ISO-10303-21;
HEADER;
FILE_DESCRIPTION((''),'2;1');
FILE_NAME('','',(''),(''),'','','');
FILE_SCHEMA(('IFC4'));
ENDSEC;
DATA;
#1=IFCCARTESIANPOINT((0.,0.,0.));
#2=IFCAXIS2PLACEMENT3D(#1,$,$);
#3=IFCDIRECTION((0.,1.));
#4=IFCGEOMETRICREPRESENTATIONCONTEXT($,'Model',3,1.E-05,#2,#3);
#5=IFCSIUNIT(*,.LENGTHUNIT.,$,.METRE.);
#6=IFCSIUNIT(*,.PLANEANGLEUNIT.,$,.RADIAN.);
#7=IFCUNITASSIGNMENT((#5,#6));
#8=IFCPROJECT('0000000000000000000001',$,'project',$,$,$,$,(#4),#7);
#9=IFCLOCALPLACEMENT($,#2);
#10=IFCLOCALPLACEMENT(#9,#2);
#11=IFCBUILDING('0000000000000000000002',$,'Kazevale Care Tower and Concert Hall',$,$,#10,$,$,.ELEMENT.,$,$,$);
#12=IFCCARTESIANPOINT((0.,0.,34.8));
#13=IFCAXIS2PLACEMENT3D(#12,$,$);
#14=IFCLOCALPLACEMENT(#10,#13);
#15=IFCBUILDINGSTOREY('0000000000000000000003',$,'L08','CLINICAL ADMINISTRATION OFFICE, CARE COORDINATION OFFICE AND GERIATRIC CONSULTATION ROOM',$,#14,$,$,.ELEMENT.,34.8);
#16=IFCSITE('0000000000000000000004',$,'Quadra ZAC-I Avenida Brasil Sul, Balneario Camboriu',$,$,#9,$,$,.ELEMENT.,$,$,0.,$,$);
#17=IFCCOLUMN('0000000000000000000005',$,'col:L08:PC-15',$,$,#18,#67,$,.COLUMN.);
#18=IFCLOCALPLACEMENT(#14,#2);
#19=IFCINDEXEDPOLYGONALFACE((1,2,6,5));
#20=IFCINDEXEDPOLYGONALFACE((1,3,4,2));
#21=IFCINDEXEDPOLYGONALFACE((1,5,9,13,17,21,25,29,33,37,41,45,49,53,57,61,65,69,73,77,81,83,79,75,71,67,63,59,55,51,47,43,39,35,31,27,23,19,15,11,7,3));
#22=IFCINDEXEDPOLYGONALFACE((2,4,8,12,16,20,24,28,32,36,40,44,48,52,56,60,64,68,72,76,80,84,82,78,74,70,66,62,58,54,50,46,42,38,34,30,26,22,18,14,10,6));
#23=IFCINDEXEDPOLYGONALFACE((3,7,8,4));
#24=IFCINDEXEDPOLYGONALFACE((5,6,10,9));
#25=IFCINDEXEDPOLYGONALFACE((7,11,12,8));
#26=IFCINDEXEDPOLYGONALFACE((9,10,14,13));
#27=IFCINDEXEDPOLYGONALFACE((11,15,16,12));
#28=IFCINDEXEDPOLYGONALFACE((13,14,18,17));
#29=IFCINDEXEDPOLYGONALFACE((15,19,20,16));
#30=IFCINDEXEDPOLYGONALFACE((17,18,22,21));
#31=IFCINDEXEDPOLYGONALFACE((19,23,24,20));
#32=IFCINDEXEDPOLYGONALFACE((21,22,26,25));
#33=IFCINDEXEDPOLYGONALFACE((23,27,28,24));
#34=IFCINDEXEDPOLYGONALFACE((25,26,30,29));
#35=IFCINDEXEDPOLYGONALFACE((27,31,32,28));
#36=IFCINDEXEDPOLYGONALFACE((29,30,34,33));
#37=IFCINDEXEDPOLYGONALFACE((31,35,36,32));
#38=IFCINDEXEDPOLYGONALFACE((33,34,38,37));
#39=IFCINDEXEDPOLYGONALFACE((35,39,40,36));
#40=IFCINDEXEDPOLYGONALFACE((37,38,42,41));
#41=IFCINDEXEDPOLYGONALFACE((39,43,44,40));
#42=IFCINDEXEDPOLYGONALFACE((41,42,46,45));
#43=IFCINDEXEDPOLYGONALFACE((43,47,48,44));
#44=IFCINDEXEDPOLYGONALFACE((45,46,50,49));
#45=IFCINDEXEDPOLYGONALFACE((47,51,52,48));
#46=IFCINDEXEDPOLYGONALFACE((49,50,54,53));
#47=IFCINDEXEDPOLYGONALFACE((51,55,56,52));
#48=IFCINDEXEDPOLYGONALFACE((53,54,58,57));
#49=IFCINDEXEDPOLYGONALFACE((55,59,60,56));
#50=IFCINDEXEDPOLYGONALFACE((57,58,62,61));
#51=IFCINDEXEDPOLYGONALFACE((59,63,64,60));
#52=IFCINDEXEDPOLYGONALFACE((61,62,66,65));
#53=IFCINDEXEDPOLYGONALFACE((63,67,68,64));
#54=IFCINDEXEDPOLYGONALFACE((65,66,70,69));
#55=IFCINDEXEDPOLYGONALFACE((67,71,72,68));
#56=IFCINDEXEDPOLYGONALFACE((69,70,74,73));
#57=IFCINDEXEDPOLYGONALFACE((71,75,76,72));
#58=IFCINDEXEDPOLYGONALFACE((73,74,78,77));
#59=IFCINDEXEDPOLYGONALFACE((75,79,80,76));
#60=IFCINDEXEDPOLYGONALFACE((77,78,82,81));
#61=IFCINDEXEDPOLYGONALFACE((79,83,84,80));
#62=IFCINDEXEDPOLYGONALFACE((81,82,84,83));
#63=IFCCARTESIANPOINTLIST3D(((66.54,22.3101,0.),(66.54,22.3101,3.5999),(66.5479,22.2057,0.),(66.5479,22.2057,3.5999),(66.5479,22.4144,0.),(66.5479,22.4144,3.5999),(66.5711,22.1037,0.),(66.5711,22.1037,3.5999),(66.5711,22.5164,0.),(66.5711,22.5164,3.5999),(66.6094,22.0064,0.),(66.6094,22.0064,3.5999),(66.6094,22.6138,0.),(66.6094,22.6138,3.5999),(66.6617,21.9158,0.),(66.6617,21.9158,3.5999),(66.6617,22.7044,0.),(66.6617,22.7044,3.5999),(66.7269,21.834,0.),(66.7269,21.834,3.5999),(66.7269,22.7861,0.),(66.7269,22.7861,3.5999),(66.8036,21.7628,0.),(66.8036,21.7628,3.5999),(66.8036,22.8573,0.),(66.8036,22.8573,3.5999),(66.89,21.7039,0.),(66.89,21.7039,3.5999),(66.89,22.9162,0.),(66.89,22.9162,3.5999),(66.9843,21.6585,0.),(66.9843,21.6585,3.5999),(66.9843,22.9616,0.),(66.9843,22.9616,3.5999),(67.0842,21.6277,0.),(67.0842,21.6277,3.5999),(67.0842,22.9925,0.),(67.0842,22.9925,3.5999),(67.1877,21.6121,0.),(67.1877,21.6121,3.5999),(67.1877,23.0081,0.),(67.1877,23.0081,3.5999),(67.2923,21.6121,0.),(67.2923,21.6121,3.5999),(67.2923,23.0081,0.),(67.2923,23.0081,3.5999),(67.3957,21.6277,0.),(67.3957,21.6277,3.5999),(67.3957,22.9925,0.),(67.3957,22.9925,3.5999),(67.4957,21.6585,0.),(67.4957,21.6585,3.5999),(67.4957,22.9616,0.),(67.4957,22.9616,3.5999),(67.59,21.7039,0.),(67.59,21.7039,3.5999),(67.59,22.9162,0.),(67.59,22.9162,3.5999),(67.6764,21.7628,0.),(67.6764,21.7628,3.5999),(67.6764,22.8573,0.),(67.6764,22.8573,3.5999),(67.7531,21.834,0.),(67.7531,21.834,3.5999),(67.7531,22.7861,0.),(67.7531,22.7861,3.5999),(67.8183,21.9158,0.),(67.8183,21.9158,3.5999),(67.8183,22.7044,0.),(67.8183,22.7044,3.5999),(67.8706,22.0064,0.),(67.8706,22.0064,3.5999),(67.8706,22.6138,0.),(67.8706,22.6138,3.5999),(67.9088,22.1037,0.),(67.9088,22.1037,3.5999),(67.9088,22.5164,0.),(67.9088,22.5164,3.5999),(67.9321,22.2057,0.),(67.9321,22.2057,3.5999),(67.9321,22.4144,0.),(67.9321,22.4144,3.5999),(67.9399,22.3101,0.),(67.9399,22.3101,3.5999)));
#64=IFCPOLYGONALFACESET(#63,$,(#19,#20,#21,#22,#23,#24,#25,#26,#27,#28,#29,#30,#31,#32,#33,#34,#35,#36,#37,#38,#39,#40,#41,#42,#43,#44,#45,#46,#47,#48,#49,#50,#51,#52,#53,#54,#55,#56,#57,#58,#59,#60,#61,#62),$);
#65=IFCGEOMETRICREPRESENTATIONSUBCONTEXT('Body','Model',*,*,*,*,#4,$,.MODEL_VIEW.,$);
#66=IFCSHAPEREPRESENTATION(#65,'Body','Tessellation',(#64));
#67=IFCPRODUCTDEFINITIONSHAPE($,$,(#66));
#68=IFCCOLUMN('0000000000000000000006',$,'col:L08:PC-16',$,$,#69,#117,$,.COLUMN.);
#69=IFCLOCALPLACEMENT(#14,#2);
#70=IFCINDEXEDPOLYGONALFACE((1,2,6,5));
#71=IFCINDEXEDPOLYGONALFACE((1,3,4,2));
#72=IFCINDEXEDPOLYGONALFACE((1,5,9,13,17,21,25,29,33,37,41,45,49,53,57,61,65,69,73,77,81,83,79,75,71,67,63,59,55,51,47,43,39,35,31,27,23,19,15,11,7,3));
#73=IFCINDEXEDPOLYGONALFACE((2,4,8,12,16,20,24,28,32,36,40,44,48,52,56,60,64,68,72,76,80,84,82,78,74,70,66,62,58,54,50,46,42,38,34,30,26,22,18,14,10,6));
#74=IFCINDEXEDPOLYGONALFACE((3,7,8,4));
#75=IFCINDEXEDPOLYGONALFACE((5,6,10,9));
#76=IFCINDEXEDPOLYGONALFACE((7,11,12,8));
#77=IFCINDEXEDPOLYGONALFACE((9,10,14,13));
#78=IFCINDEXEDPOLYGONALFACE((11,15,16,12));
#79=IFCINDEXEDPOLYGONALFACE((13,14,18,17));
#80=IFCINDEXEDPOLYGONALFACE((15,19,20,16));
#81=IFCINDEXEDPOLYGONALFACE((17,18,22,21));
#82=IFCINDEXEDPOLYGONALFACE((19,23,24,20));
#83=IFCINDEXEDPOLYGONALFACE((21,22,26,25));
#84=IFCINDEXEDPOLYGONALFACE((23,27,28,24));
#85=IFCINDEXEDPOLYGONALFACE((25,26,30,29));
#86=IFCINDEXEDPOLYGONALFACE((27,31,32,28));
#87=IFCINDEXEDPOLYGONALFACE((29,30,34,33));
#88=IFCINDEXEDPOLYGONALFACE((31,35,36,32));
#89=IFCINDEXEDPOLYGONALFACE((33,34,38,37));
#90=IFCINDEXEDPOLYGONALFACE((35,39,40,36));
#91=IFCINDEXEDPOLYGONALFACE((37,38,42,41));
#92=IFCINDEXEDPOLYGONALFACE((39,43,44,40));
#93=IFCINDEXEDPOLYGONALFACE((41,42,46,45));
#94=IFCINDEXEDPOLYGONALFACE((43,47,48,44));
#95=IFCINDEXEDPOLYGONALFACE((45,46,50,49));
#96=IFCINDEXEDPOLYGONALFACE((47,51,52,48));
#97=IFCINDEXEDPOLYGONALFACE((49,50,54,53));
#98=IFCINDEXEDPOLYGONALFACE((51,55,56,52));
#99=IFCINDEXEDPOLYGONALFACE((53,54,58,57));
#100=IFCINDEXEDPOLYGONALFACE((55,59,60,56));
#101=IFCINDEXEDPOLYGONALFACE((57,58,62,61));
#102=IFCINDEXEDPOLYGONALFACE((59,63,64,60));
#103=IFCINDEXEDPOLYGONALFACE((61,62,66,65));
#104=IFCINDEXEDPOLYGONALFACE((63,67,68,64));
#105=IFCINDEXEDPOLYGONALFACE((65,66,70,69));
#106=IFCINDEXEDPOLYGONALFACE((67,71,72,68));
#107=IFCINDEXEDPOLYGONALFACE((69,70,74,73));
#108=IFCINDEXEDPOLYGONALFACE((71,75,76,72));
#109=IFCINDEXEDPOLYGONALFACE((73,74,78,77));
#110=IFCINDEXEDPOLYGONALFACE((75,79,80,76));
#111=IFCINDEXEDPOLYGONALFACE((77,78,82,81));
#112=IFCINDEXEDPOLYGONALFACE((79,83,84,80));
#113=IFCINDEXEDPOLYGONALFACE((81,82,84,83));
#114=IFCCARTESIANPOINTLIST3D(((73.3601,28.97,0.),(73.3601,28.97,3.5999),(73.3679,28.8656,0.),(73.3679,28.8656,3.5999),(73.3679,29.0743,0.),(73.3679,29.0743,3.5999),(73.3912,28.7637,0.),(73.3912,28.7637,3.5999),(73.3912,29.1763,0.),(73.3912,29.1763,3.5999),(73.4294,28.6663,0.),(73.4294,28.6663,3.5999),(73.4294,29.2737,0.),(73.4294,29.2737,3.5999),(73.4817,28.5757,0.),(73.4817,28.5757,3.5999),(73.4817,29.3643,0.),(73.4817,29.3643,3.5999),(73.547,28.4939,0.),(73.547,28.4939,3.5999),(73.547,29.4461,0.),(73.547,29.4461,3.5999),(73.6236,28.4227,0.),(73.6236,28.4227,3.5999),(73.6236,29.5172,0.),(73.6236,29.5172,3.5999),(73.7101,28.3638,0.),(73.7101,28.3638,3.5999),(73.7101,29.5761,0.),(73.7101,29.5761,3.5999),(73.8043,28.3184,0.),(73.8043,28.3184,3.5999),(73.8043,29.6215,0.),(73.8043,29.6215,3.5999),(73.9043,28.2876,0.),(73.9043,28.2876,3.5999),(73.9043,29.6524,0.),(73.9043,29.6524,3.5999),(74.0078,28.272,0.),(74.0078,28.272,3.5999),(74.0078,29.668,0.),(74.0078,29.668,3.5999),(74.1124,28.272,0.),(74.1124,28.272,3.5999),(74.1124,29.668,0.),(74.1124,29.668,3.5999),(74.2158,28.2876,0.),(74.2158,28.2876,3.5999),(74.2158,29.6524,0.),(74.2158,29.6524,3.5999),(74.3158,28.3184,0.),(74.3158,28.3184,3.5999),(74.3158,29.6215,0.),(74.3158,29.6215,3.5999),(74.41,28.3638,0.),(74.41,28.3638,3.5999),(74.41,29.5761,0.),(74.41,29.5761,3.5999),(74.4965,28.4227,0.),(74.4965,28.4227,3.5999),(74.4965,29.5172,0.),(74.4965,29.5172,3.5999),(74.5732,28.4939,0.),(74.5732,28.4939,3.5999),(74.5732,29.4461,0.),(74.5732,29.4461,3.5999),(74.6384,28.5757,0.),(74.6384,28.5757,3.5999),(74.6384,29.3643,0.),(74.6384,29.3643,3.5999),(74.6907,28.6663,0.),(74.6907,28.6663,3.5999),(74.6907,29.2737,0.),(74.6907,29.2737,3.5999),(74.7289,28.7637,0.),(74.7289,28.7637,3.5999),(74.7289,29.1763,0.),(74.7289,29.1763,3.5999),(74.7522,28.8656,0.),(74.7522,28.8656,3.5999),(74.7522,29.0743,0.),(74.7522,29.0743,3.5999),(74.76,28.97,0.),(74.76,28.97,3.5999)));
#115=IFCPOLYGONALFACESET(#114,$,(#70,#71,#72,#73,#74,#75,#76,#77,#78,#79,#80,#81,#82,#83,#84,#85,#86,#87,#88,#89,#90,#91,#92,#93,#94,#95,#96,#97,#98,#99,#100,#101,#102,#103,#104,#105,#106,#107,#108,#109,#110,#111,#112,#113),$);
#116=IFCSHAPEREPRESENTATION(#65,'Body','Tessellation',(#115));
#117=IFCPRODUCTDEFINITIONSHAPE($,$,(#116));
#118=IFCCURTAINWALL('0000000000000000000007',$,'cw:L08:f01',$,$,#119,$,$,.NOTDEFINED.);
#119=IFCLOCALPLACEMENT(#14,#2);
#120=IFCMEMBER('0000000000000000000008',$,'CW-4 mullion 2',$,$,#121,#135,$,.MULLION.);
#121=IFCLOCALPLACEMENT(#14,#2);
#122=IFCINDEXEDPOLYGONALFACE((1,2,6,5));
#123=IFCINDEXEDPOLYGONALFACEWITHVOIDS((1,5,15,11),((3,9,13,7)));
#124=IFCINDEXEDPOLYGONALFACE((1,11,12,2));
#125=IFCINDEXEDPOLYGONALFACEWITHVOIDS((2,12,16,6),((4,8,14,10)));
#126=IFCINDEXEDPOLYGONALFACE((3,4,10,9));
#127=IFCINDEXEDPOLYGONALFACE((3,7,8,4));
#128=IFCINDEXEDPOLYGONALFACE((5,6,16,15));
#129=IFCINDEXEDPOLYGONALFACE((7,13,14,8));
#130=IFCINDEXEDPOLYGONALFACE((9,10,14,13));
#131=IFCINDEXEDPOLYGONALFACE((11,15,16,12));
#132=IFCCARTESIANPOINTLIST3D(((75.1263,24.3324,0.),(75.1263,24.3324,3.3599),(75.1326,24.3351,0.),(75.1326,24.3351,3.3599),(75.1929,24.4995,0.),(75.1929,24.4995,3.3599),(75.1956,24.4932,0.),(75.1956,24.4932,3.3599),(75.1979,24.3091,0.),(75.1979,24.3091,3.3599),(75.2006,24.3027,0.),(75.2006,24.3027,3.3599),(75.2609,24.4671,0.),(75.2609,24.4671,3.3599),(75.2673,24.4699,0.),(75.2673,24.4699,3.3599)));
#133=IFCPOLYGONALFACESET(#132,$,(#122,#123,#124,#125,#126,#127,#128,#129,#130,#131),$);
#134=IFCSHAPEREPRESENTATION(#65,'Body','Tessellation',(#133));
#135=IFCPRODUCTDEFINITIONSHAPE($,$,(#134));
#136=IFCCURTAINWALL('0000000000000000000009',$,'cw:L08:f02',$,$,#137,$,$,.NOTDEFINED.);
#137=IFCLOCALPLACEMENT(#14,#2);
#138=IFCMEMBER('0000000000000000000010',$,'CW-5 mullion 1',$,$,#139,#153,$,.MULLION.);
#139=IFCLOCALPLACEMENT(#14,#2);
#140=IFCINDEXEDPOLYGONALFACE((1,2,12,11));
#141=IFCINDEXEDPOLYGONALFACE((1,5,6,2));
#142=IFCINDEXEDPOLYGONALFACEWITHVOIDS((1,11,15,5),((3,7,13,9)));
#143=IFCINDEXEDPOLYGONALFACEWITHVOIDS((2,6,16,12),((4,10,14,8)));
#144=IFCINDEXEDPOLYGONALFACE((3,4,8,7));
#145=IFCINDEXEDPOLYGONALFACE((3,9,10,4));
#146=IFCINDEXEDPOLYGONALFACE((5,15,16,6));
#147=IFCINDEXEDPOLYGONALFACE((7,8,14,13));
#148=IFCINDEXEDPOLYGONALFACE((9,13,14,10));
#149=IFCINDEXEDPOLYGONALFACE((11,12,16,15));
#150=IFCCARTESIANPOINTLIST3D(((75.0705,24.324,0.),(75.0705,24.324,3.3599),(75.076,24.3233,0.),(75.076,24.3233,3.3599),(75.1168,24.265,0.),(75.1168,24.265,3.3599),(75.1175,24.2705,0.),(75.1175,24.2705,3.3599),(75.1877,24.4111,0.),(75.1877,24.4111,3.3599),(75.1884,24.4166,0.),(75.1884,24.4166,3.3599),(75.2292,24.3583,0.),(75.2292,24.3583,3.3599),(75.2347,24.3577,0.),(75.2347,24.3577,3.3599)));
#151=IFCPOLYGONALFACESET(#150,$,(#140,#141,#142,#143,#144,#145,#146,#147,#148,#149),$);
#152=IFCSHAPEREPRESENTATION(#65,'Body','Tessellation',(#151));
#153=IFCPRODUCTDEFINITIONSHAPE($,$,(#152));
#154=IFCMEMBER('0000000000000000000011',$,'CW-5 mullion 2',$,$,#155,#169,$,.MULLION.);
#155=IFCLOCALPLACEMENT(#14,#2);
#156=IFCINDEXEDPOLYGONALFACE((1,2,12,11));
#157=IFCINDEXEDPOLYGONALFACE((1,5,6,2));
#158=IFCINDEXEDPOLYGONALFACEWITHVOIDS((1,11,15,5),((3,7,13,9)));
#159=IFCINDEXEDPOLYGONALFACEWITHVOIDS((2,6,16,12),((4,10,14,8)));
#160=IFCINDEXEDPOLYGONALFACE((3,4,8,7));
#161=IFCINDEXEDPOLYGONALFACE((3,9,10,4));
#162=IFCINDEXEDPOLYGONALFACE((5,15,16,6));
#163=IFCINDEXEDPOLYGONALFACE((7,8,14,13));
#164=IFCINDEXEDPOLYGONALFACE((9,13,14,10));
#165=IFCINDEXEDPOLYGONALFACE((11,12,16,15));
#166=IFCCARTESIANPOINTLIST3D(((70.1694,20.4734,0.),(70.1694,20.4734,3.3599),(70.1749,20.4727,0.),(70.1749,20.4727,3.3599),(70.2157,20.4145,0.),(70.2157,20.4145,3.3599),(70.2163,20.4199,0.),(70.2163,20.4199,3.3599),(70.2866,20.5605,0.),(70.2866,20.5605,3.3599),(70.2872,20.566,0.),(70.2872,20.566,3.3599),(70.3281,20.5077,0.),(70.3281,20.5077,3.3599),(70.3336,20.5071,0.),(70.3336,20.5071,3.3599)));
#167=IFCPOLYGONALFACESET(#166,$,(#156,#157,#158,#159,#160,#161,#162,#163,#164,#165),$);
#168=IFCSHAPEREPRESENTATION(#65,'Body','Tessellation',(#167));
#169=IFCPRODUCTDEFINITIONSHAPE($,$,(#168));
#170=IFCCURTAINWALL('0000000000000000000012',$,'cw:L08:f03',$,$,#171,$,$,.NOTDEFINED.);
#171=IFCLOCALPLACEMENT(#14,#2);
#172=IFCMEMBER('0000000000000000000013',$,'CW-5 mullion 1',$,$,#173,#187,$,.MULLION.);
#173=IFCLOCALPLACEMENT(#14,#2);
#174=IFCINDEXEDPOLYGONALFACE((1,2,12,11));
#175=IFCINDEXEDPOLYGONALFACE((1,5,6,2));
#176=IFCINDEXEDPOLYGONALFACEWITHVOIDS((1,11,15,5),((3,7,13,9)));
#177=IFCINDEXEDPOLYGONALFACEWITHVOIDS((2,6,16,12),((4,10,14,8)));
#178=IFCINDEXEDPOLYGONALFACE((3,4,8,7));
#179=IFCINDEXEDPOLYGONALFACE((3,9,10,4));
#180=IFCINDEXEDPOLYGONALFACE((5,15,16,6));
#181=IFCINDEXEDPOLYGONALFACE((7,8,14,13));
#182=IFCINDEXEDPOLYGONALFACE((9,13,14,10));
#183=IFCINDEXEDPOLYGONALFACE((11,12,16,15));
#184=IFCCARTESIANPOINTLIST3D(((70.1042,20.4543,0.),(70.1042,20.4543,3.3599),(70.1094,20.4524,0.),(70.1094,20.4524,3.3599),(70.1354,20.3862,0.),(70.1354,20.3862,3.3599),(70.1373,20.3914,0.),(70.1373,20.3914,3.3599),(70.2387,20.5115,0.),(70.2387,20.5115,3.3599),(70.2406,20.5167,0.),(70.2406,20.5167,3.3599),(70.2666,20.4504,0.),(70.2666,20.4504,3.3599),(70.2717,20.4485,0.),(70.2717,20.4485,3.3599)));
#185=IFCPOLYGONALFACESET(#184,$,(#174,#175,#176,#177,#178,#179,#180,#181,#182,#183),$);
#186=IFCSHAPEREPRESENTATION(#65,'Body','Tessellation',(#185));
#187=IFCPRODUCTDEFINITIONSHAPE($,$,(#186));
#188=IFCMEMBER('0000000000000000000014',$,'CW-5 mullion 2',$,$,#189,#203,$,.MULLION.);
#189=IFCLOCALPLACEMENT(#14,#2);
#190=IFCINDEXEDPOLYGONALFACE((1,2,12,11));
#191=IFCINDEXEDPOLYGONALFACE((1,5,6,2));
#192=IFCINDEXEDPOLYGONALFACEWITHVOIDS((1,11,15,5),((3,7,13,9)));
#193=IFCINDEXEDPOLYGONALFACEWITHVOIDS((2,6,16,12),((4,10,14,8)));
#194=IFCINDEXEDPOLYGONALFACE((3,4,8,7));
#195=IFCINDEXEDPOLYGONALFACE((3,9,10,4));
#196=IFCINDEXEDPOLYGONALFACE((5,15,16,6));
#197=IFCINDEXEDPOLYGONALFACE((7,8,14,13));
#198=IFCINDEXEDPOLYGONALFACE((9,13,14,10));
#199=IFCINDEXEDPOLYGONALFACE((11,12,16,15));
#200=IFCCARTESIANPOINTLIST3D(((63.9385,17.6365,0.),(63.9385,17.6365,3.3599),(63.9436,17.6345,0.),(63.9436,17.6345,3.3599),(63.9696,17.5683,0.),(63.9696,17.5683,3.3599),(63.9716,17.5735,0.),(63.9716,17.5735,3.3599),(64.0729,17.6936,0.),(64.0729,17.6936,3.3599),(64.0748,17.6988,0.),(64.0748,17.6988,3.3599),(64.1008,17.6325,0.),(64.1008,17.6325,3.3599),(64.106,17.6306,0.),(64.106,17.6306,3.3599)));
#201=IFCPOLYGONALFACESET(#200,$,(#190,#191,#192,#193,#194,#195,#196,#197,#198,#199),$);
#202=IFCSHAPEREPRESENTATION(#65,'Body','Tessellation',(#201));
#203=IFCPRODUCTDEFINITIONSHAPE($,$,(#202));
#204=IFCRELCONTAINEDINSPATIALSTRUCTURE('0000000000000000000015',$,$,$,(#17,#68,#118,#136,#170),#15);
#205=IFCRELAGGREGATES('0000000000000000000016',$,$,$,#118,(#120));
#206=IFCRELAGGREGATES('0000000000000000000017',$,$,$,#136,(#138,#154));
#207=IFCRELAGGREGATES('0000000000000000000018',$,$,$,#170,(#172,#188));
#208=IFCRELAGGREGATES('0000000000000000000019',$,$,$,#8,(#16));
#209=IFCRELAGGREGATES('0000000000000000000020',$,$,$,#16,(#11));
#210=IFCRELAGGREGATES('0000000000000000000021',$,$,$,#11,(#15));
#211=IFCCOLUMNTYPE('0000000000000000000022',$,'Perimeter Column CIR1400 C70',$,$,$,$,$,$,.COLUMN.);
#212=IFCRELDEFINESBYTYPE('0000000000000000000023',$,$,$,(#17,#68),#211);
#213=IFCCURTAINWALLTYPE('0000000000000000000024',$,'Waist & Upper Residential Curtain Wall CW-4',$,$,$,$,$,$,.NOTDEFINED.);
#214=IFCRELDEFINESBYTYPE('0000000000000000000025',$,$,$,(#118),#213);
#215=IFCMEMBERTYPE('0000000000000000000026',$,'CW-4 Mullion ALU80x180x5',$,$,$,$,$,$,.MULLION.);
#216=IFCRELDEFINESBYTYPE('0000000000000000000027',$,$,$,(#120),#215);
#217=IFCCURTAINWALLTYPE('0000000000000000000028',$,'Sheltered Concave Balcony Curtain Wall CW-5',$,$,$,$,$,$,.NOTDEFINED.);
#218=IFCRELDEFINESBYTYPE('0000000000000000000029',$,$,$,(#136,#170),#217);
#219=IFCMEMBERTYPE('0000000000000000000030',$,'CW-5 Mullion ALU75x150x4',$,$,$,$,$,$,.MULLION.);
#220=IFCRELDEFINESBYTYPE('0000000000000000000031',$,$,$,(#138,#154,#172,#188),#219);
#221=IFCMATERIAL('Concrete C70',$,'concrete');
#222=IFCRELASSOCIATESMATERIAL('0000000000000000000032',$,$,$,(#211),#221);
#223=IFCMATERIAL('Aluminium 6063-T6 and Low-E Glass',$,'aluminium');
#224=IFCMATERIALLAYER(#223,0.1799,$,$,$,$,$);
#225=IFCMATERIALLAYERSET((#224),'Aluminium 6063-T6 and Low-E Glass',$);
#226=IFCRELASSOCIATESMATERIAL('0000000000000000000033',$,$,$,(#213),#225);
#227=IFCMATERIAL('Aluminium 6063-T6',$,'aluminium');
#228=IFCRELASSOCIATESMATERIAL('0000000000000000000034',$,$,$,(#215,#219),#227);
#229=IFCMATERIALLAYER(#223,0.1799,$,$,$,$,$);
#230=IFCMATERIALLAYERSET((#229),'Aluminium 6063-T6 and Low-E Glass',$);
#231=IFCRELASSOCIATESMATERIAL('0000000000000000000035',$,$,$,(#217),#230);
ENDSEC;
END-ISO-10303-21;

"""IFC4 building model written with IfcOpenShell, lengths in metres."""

from ifc_helpers import new_model, si_unit, direction, frame, origin, origin_2d, place, context, subcontext, project, spatial, hollow_rectangle, circle, extrude, material, layer, layer_set, material_profile, profile_set, type_object, element, aggregate, save


model = new_model("IFC4")

# Units and contexts
model_context = context("Model", 3, precision=1e-05, world=origin(), true_north=direction((0.0, 1.0)))
body_context = subcontext(model_context, "Body", "Model", "MODEL_VIEW")
ifc_project = project(units=[si_unit("LENGTHUNIT", "METRE"), si_unit("PLANEANGLEUNIT", "RADIAN")], contexts=[model_context])

# Site, building, storey
site_placement = place(None, origin())
site = spatial("IfcSite", under=ifc_project, at=site_placement, Name="Quadra ZAC-I Avenida Brasil Sul, Balneario Camboriu", CompositionType="ELEMENT", RefElevation=0.0)
building_placement = place(site_placement, origin())
building = spatial("IfcBuilding", under=site, at=building_placement, Name="Kazevale Care Tower and Concert Hall", CompositionType="ELEMENT")
storey_placement = place(building_placement, frame((0.0, 0.0, 34.8)))
storey = spatial("IfcBuildingStorey", under=building, at=storey_placement, Name="L08", Description="CLINICAL ADMINISTRATION OFFICE, CARE COORDINATION OFFICE AND GERIATRIC CONSULTATION ROOM", CompositionType="ELEMENT", Elevation=34.8)

# Columns
ifc_material_1 = material(Name="Concrete C70", Category="concrete")
ifc_material_profile_1 = material_profile(ifc_material_1, circle(Radius=0.7, at=origin_2d()), Name="RC-CIR1400")
ifc_profile_set_1 = profile_set([ifc_material_profile_1], Name="Concrete C70")
column_type = type_object("IfcColumnType", Name="Perimeter Column CIR1400 C70", PredefinedType="COLUMN", material=ifc_profile_set_1)
for number, where, z_axis, x_axis, name in (
    (1, (67.24, 22.3101, 0.0), (0.0, 0.0, 1.0), (1.0, 0.0, 0.0), "col:L08:PC-15"),
    (2, (74.0601, 28.97, 0.0), (0.0, 0.0, 1.0), (1.0, 0.0, 0.0), "col:L08:PC-16"),
):
    element("IfcColumn", number, at=place(storey_placement, frame(where, z_axis=z_axis, x_axis=x_axis)), inside=storey, type_object=column_type, Name=name, PredefinedType="COLUMN", context=body_context, shape_type="SweptSolid", body=[
        extrude(circle(Radius=0.7, at=origin_2d()), origin(), (0.0, 0.0, 1.0), 3.5999),
    ])

# Curtain wall, member
ifc_material_2 = material(Name="Aluminium 6063-T6 and Low-E Glass", Category="aluminium")
ifc_layer_1 = layer(ifc_material_2, 0.1799)
ifc_layer_set_1 = layer_set([ifc_layer_1], Name="Aluminium 6063-T6 and Low-E Glass")
curtain_wall_type_1 = type_object("IfcCurtainWallType", Name="Waist & Upper Residential Curtain Wall CW-4", PredefinedType="NOTDEFINED", material=ifc_layer_set_1)
curtain_wall_1_placement = place(storey_placement, origin())
curtain_wall_1 = element("IfcCurtainWall", 3, at=curtain_wall_1_placement, inside=storey, type_object=curtain_wall_type_1, Name="cw:L08:f01", PredefinedType="NOTDEFINED")
ifc_material_3 = material(Name="Aluminium 6063-T6", Category="aluminium")
ifc_material_profile_2 = material_profile(ifc_material_3, hollow_rectangle(XDim=0.0801, YDim=0.1799, WallThickness=0.0049, at=origin_2d()), Name="ALU80x180x5")
ifc_profile_set_2 = profile_set([ifc_material_profile_2], Name="Aluminium 6063-T6")
member_type_1 = type_object("IfcMemberType", Name="CW-4 Mullion ALU80x180x5", PredefinedType="MULLION", material=ifc_profile_set_2)
member_1_placement = place(storey_placement, frame((75.1968, 24.4011, 0.0), z_axis=(0.0, 0.0, 1.0), x_axis=(0.928861, -0.370427, 0.0)))
member_1 = element("IfcMember", 4, at=member_1_placement, type_object=member_type_1, Name="CW-4 mullion 2", PredefinedType="MULLION", context=body_context, shape_type="SweptSolid", body=[
    extrude(hollow_rectangle(XDim=0.0801, YDim=0.1799, WallThickness=0.0049, at=origin_2d()), origin(), (0.0, 0.0, 1.0), 3.3599),
])
aggregate(curtain_wall_1, [member_1])

# Curtain walls, members
ifc_layer_2 = layer(ifc_material_2, 0.1799)
ifc_layer_set_2 = layer_set([ifc_layer_2], Name="Aluminium 6063-T6 and Low-E Glass")
curtain_wall_type_2 = type_object("IfcCurtainWallType", Name="Sheltered Concave Balcony Curtain Wall CW-5", PredefinedType="NOTDEFINED", material=ifc_layer_set_2)
curtain_wall_2_placement = place(storey_placement, origin())
curtain_wall_2 = element("IfcCurtainWall", 5, at=curtain_wall_2_placement, inside=storey, type_object=curtain_wall_type_2, Name="cw:L08:f02", PredefinedType="NOTDEFINED")
ifc_material_profile_3 = material_profile(ifc_material_3, hollow_rectangle(XDim=0.075, YDim=0.1499, WallThickness=0.0039, at=origin_2d()), Name="ALU75x150x4")
ifc_profile_set_3 = profile_set([ifc_material_profile_3], Name="Aluminium 6063-T6")
member_type_2 = type_object("IfcMemberType", Name="CW-5 Mullion ALU75x150x4", PredefinedType="MULLION", material=ifc_profile_set_3)
member_2_placement = place(storey_placement, frame((75.1526, 24.3408, 0.0), z_axis=(0.0, 0.0, 1.0), x_axis=(0.617808, -0.786329, 0.0)))
member_2 = element("IfcMember", 6, at=member_2_placement, type_object=member_type_2, Name="CW-5 mullion 1", PredefinedType="MULLION", context=body_context, shape_type="SweptSolid", body=[
    extrude(hollow_rectangle(XDim=0.075, YDim=0.1499, WallThickness=0.0039, at=origin_2d()), origin(), (0.0, 0.0, 1.0), 3.3599),
])
member_3_placement = place(storey_placement, frame((70.2515, 20.4902, 0.0), z_axis=(0.0, 0.0, 1.0), x_axis=(0.617808, -0.786329, 0.0)))
member_3 = element("IfcMember", 7, at=member_3_placement, type_object=member_type_2, Name="CW-5 mullion 2", PredefinedType="MULLION", context=body_context, shape_type="SweptSolid", body=[
    extrude(hollow_rectangle(XDim=0.075, YDim=0.1499, WallThickness=0.0039, at=origin_2d()), origin(), (0.0, 0.0, 1.0), 3.3599),
])
curtain_wall_3_placement = place(storey_placement, origin())
curtain_wall_3 = element("IfcCurtainWall", 8, at=curtain_wall_3_placement, inside=storey, type_object=curtain_wall_type_2, Name="cw:L08:f03", PredefinedType="NOTDEFINED")
member_4_placement = place(storey_placement, frame((70.188, 20.4514, 0.0), z_axis=(0.0, 0.0, 1.0), x_axis=(0.41566, -0.90952, 0.0)))
member_4 = element("IfcMember", 9, at=member_4_placement, type_object=member_type_2, Name="CW-5 mullion 1", PredefinedType="MULLION", context=body_context, shape_type="SweptSolid", body=[
    extrude(hollow_rectangle(XDim=0.075, YDim=0.1499, WallThickness=0.0039, at=origin_2d()), origin(), (0.0, 0.0, 1.0), 3.3599),
])
member_5_placement = place(storey_placement, frame((64.0222, 17.6335, 0.0), z_axis=(0.0, 0.0, 1.0), x_axis=(0.41566, -0.90952, 0.0)))
member_5 = element("IfcMember", 10, at=member_5_placement, type_object=member_type_2, Name="CW-5 mullion 2", PredefinedType="MULLION", context=body_context, shape_type="SweptSolid", body=[
    extrude(hollow_rectangle(XDim=0.075, YDim=0.1499, WallThickness=0.0039, at=origin_2d()), origin(), (0.0, 0.0, 1.0), 3.3599),
])

aggregate(curtain_wall_2, [member_2, member_3])
aggregate(curtain_wall_3, [member_4, member_5])

save(model, "model.ifc")
